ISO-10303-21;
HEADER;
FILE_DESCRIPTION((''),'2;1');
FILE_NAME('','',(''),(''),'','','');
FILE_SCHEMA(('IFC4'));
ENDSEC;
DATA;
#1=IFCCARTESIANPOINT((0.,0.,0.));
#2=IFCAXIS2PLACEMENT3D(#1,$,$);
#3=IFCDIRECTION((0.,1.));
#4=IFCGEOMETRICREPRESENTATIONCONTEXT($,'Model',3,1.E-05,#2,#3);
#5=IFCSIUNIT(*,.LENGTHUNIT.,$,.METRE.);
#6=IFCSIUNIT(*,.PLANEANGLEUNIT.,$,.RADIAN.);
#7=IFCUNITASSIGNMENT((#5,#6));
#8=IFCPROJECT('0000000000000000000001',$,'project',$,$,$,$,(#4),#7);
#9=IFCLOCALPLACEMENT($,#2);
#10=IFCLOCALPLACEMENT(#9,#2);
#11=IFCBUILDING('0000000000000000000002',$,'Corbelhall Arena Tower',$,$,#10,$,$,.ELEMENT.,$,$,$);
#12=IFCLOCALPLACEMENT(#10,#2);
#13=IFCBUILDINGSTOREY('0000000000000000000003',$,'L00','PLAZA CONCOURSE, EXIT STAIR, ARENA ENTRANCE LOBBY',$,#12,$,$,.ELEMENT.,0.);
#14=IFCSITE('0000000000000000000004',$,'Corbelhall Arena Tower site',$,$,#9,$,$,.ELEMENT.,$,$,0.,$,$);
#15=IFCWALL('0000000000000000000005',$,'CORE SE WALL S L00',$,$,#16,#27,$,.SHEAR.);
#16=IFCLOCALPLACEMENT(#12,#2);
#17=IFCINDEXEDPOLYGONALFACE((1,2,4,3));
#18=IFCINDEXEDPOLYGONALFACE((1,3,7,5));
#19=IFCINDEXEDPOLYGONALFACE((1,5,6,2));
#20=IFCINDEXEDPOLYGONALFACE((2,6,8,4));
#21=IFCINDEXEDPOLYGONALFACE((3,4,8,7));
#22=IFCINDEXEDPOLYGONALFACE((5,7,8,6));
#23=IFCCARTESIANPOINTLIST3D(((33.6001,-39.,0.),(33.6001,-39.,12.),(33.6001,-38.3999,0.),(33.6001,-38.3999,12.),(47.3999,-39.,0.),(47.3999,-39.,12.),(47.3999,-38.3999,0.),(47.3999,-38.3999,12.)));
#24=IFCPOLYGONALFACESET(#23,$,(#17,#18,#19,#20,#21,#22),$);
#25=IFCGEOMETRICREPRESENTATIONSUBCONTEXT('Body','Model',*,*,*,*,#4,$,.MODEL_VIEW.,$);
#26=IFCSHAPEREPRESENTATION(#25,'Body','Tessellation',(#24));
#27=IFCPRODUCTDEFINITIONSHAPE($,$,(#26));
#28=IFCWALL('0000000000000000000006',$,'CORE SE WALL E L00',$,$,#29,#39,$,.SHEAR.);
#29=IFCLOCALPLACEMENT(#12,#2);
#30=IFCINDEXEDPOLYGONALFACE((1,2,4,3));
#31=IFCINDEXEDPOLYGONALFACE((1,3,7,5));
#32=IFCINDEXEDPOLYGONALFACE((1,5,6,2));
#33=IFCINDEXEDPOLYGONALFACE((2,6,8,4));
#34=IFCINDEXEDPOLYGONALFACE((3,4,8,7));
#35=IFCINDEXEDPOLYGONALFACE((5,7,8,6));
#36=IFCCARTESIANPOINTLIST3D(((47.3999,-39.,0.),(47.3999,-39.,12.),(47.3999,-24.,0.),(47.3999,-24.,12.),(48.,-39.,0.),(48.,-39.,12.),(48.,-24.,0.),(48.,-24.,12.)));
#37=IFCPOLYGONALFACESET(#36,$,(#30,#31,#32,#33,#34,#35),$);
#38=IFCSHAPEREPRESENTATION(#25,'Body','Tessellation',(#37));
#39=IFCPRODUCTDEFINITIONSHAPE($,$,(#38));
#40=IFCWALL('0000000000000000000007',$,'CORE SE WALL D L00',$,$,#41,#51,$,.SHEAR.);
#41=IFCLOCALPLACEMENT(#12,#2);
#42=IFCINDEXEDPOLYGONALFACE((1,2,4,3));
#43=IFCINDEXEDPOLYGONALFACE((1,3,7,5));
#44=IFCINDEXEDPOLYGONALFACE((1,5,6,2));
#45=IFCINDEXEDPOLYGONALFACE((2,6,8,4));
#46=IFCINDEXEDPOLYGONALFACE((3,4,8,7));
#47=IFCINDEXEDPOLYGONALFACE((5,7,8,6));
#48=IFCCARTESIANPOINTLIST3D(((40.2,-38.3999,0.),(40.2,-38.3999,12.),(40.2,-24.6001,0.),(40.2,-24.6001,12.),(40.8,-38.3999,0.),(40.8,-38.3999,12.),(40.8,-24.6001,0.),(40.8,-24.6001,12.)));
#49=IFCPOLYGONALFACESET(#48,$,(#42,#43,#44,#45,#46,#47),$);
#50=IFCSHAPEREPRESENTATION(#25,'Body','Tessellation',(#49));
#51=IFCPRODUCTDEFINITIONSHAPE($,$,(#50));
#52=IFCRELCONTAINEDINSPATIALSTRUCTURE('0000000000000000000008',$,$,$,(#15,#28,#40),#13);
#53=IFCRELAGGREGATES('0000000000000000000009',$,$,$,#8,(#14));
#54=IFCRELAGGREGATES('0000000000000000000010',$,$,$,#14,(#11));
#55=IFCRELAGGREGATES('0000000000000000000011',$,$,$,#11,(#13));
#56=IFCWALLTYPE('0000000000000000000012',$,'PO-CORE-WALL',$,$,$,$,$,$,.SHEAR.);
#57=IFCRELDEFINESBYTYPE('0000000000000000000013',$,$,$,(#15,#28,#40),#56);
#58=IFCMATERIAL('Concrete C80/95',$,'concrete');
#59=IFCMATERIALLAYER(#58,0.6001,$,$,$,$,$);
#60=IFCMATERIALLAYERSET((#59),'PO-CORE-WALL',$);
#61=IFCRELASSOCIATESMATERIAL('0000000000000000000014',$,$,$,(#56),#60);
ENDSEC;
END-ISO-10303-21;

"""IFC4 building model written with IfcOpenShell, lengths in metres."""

from ifc_helpers import new_model, si_unit, direction, frame, frame_2d, origin, place, context, subcontext, project, spatial, rectangle, extrude, material, layer, layer_set, type_object, element, save


model = new_model("IFC4")

# Units and contexts
model_context = context("Model", 3, precision=1e-05, world=origin(), true_north=direction((0.0, 1.0)))
body_context = subcontext(model_context, "Body", "Model", "MODEL_VIEW")
ifc_project = project(units=[si_unit("LENGTHUNIT", "METRE"), si_unit("PLANEANGLEUNIT", "RADIAN")], contexts=[model_context])

# Site, building, storey
site_placement = place(None, origin())
site = spatial("IfcSite", under=ifc_project, at=site_placement, Name="Corbelhall Arena Tower site", CompositionType="ELEMENT", RefElevation=0.0)
building_placement = place(site_placement, origin())
building = spatial("IfcBuilding", under=site, at=building_placement, Name="Corbelhall Arena Tower", CompositionType="ELEMENT")
storey_placement = place(building_placement, origin())
storey = spatial("IfcBuildingStorey", under=building, at=storey_placement, Name="L00", Description="PLAZA CONCOURSE, EXIT STAIR, ARENA ENTRANCE LOBBY", CompositionType="ELEMENT", Elevation=0.0)

# Walls
ifc_material_1 = material(Name="Concrete C80/95", Category="concrete")
ifc_layer_1 = layer(ifc_material_1, 0.6001)
ifc_layer_set_1 = layer_set([ifc_layer_1], Name="PO-CORE-WALL")
wall_type_1 = type_object("IfcWallType", Name="PO-CORE-WALL", PredefinedType="SHEAR", material=ifc_layer_set_1)
wall_1_placement = place(storey_placement, frame((33.6001, -38.7, 0.0), z_axis=(0.0, 0.0, 1.0), x_axis=(1.0, 0.0, 0.0)))
element("IfcWall", 1, at=wall_1_placement, inside=storey, type_object=wall_type_1, Name="CORE SE WALL S L00", PredefinedType="SHEAR", context=body_context, shape_type="SweptSolid", body=[
    extrude(rectangle(XDim=13.7998, YDim=0.6001, at=frame_2d((6.8999, 0.0))), origin(), (0.0, 0.0, 1.0), 12.0),
])
wall_2_placement = place(storey_placement, frame((47.7, -39.0, 0.0), z_axis=(0.0, 0.0, 1.0), x_axis=(0.0, 1.0, 0.0)))
element("IfcWall", 2, at=wall_2_placement, inside=storey, type_object=wall_type_1, Name="CORE SE WALL E L00", PredefinedType="SHEAR", context=body_context, shape_type="SweptSolid", body=[
    extrude(rectangle(XDim=15.0, YDim=0.6001, at=frame_2d((7.5, 0.0))), origin(), (0.0, 0.0, 1.0), 12.0),
])
wall_3_placement = place(storey_placement, frame((40.5, -38.3999, 0.0), z_axis=(0.0, 0.0, 1.0), x_axis=(0.0, 1.0, 0.0)))
element("IfcWall", 3, at=wall_3_placement, inside=storey, type_object=wall_type_1, Name="CORE SE WALL D L00", PredefinedType="SHEAR", context=body_context, shape_type="SweptSolid", body=[
    extrude(rectangle(XDim=13.7998, YDim=0.6001, at=frame_2d((6.8999, 0.0))), origin(), (0.0, 0.0, 1.0), 12.0),
])

save(model, "model.ifc")
